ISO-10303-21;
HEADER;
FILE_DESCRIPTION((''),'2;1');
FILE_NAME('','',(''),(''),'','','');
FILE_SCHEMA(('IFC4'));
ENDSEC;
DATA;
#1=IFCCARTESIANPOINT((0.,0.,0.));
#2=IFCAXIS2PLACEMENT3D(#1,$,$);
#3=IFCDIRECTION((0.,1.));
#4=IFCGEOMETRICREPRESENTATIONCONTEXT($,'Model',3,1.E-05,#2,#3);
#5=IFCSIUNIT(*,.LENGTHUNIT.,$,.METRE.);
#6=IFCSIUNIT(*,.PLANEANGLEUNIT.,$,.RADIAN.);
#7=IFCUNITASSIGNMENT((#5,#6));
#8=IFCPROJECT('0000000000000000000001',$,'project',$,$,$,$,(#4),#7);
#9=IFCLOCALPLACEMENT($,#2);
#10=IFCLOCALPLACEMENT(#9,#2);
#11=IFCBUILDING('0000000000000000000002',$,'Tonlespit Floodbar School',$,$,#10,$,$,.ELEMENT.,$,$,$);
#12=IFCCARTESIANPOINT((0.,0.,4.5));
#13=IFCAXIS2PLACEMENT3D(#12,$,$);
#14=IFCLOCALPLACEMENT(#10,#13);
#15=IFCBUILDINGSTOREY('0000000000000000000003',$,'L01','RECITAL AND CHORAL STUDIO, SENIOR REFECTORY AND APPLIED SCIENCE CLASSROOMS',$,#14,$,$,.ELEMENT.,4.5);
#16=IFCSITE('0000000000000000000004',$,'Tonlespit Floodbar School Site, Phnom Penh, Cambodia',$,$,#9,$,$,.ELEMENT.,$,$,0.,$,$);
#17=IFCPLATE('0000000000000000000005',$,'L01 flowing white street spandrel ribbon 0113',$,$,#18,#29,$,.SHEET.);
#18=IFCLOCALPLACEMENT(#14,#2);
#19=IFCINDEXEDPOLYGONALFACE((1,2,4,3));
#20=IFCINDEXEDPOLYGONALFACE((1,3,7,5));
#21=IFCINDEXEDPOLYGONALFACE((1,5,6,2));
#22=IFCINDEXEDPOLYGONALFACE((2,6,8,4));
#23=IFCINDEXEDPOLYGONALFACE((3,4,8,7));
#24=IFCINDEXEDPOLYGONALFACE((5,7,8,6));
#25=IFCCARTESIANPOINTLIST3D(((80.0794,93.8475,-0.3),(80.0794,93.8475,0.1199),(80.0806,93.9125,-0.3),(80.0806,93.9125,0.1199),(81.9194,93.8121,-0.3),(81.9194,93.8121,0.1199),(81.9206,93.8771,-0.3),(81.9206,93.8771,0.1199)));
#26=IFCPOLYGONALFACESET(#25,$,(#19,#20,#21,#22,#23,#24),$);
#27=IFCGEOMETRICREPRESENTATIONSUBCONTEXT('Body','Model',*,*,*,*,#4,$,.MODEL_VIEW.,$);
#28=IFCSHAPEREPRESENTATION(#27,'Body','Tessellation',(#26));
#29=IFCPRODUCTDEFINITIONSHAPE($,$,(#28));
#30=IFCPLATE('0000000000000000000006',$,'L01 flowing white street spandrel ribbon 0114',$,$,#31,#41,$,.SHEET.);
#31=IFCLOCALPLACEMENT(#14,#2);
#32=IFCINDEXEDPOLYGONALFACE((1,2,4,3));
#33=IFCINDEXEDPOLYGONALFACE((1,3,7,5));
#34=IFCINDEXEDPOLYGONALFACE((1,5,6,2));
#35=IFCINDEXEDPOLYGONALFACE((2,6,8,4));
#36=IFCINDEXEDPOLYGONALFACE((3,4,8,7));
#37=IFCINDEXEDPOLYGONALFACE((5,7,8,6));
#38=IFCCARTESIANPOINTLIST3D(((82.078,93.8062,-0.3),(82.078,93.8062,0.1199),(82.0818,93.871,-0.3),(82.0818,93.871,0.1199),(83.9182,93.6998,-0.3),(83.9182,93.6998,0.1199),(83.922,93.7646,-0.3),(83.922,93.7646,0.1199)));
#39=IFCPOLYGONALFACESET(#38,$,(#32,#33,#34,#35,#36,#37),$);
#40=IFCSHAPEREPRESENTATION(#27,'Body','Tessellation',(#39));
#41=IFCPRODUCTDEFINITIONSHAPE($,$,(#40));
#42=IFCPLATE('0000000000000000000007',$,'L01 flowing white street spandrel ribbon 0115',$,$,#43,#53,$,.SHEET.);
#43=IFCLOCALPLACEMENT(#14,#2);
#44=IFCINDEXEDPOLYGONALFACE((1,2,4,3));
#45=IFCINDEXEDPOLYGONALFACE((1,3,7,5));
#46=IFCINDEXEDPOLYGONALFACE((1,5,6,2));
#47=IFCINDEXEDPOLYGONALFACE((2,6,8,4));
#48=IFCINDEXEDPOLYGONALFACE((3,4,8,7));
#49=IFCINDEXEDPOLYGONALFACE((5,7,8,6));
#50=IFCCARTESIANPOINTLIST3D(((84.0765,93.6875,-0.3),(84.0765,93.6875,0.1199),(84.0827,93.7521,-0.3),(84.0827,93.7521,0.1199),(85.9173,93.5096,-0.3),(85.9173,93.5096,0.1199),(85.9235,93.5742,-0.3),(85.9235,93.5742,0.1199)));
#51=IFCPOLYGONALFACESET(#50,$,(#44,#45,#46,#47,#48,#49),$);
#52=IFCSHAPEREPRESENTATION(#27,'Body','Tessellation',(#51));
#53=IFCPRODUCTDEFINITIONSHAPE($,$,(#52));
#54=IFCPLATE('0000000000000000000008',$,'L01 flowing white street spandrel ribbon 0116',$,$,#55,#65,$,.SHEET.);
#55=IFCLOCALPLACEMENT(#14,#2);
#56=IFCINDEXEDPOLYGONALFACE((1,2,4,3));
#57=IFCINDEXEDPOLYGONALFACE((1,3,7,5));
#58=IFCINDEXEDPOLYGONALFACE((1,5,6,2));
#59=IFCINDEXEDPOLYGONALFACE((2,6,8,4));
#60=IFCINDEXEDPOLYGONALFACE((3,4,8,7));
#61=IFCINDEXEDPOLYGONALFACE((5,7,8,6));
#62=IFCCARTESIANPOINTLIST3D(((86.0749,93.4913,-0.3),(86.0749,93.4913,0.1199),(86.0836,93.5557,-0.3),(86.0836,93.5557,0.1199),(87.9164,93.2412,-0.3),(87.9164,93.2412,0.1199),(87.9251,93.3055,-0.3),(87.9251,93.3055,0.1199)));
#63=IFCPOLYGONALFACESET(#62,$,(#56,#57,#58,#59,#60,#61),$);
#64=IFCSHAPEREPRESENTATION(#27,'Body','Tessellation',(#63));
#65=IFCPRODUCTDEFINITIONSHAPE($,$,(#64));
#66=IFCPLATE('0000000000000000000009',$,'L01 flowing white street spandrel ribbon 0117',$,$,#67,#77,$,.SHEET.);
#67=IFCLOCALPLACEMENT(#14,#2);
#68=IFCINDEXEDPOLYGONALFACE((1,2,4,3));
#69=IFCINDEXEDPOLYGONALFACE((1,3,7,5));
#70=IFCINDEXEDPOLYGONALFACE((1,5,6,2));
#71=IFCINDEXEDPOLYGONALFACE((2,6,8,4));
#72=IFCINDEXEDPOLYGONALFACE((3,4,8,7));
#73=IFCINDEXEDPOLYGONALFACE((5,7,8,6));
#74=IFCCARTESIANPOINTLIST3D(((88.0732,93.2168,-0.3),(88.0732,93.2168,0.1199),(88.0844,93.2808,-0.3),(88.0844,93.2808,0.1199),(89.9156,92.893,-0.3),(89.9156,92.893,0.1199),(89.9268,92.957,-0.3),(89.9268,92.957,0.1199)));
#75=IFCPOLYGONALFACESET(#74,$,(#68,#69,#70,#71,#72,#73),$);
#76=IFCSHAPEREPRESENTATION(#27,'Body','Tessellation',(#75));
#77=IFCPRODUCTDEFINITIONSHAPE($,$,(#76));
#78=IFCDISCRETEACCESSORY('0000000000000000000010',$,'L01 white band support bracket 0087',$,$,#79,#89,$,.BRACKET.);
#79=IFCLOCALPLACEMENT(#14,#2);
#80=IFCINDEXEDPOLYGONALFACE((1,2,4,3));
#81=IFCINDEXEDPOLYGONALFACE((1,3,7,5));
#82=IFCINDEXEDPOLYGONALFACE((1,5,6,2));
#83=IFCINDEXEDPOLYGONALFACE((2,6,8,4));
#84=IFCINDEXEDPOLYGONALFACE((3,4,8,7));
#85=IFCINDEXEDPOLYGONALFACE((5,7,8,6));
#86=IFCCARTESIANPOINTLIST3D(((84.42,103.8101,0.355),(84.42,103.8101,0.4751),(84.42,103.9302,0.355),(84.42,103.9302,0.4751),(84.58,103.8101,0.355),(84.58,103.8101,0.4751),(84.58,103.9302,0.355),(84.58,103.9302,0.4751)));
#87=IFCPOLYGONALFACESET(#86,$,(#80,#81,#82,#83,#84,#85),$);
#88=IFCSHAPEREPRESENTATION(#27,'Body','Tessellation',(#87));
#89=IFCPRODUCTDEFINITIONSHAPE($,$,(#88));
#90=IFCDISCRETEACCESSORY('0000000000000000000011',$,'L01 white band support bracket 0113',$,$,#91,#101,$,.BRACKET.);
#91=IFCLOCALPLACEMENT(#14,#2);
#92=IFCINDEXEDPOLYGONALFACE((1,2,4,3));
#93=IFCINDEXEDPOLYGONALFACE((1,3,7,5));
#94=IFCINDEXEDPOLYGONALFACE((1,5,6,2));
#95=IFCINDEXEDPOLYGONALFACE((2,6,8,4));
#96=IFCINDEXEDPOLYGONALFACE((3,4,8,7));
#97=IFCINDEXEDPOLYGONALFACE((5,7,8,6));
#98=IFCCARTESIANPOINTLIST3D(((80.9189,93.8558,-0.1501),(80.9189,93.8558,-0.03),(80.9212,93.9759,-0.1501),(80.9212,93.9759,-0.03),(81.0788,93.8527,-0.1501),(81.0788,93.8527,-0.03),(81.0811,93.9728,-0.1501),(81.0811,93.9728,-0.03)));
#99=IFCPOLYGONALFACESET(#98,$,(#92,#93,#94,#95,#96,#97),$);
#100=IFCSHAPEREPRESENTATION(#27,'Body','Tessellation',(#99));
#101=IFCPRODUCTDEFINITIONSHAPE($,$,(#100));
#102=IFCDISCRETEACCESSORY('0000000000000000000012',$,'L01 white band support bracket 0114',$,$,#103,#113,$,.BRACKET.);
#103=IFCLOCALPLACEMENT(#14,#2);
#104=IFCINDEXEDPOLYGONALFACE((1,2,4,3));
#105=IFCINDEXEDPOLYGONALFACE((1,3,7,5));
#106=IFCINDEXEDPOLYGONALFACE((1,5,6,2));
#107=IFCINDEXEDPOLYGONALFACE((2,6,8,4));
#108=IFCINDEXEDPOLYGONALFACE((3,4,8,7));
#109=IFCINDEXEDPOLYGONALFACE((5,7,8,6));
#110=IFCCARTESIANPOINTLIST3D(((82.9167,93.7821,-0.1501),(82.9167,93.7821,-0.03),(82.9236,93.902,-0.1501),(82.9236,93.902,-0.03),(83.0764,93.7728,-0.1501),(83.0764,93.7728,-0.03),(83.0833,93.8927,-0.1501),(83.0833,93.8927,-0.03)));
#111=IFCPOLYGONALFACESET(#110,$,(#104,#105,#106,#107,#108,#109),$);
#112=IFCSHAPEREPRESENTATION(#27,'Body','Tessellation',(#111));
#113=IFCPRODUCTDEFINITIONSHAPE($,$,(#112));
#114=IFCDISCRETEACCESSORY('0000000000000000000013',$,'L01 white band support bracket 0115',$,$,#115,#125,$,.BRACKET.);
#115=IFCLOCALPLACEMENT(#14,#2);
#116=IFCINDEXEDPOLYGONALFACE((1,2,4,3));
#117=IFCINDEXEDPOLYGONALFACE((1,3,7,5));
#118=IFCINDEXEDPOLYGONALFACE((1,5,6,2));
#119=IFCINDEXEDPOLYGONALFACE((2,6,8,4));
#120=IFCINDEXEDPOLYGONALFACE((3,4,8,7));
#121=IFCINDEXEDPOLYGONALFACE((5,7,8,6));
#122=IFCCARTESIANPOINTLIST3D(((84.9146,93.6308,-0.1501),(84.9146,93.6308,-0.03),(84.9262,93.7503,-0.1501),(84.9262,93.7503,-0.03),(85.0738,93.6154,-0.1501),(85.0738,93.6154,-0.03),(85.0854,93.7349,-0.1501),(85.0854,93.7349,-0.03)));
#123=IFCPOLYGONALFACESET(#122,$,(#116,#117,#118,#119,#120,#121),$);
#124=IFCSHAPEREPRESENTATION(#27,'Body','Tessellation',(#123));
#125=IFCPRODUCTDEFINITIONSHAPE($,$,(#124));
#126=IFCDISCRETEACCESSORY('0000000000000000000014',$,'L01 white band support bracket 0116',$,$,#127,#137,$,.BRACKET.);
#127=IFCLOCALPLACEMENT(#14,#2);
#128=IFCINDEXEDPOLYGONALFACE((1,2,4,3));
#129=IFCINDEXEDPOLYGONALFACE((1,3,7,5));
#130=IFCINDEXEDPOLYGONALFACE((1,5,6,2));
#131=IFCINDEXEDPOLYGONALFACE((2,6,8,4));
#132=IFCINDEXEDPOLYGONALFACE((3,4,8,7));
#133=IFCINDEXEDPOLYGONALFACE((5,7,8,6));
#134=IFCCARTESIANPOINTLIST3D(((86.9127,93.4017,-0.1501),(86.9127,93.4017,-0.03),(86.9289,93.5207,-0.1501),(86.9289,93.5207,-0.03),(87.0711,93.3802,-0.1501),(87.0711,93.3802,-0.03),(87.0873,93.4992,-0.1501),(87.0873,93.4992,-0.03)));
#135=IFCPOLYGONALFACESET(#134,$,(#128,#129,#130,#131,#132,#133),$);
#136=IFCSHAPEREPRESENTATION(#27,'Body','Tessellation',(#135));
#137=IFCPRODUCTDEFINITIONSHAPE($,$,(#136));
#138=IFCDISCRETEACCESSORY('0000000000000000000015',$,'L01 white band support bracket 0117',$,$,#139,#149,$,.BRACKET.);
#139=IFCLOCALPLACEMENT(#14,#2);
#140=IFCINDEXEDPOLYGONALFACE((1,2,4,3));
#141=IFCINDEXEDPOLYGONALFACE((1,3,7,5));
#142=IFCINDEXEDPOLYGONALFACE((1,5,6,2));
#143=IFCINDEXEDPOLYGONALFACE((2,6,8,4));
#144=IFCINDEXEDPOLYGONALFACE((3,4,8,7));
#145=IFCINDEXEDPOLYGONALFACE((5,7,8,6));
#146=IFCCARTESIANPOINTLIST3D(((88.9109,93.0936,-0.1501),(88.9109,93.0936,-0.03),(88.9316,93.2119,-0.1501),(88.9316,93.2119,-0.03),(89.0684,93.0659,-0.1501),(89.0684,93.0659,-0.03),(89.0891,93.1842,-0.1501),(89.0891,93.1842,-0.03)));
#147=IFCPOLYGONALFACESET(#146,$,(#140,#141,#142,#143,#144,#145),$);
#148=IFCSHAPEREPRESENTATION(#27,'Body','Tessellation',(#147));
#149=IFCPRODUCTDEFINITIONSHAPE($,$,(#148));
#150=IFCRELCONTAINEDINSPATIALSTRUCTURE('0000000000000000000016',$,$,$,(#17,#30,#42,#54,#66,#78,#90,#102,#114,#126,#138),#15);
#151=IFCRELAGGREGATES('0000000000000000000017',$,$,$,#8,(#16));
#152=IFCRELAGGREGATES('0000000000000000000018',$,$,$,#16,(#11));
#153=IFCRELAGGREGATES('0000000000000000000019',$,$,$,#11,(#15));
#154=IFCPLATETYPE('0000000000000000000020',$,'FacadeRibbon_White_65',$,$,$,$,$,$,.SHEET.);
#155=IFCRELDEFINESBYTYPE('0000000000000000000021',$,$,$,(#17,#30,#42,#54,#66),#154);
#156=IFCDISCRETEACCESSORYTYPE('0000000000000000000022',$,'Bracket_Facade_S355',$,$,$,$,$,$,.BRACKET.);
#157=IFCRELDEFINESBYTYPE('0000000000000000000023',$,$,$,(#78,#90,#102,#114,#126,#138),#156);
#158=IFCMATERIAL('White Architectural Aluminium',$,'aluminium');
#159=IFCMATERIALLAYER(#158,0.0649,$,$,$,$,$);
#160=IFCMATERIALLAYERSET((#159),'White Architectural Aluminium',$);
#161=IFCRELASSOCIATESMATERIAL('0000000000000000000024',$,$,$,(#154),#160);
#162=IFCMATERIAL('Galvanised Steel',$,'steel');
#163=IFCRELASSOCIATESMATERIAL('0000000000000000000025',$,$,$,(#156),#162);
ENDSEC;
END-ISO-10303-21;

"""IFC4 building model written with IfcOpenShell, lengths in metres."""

from ifc_helpers import new_model, si_unit, direction, frame, origin, origin_2d, place, context, subcontext, project, spatial, rectangle, extrude, material, layer, layer_set, type_object, element, save


model = new_model("IFC4")

# Units and contexts
model_context = context("Model", 3, precision=1e-05, world=origin(), true_north=direction((0.0, 1.0)))
body_context = subcontext(model_context, "Body", "Model", "MODEL_VIEW")
ifc_project = project(units=[si_unit("LENGTHUNIT", "METRE"), si_unit("PLANEANGLEUNIT", "RADIAN")], contexts=[model_context])

# Site, building, storey
site_placement = place(None, origin())
site = spatial("IfcSite", under=ifc_project, at=site_placement, Name="Tonlespit Floodbar School Site, Phnom Penh, Cambodia", CompositionType="ELEMENT", RefElevation=0.0)
building_placement = place(site_placement, origin())
building = spatial("IfcBuilding", under=site, at=building_placement, Name="Tonlespit Floodbar School", CompositionType="ELEMENT")
storey_placement = place(building_placement, frame((0.0, 0.0, 4.5)))
storey = spatial("IfcBuildingStorey", under=building, at=storey_placement, Name="L01", Description="RECITAL AND CHORAL STUDIO, SENIOR REFECTORY AND APPLIED SCIENCE CLASSROOMS", CompositionType="ELEMENT", Elevation=4.5)

# Plates
ifc_material_1 = material(Name="White Architectural Aluminium", Category="aluminium")
ifc_layer_1 = layer(ifc_material_1, 0.0649)
ifc_layer_set_1 = layer_set([ifc_layer_1], Name="White Architectural Aluminium")
plate_type = type_object("IfcPlateType", Name="FacadeRibbon_White_65", PredefinedType="SHEET", material=ifc_layer_set_1)
plate_1_placement = place(storey_placement, frame((81.0, 93.8623, -0.3), z_axis=(0.0, 0.0, 1.0), x_axis=(0.999815, -0.019246, 0.0)))
element("IfcPlate", 1, at=plate_1_placement, inside=storey, type_object=plate_type, Name="L01 flowing white street spandrel ribbon 0113", PredefinedType="SHEET", context=body_context, shape_type="SweptSolid", body=[
    extrude(rectangle(XDim=1.8403, YDim=0.0649, at=origin_2d()), origin(), (0.0, 0.0, 1.0), 0.4199),
])
plate_2_placement = place(storey_placement, frame((83.0, 93.7854, -0.3), z_axis=(0.0, 0.0, 1.0), x_axis=(0.998334, -0.057703, 0.0)))
element("IfcPlate", 2, at=plate_2_placement, inside=storey, type_object=plate_type, Name="L01 flowing white street spandrel ribbon 0114", PredefinedType="SHEET", context=body_context, shape_type="SweptSolid", body=[
    extrude(rectangle(XDim=1.8433, YDim=0.0649, at=origin_2d()), origin(), (0.0, 0.0, 1.0), 0.4199),
])
plate_3_placement = place(storey_placement, frame((85.0, 93.6309, -0.3), z_axis=(0.0, 0.0, 1.0), x_axis=(0.995362, -0.096202, 0.0)))
element("IfcPlate", 3, at=plate_3_placement, inside=storey, type_object=plate_type, Name="L01 flowing white street spandrel ribbon 0115", PredefinedType="SHEET", context=body_context, shape_type="SweptSolid", body=[
    extrude(rectangle(XDim=1.8494, YDim=0.0649, at=origin_2d()), origin(), (0.0, 0.0, 1.0), 0.4199),
])
plate_4_placement = place(storey_placement, frame((87.0, 93.3984, -0.3), z_axis=(0.0, 0.0, 1.0), x_axis=(0.990898, -0.134614, 0.0)))
element("IfcPlate", 4, at=plate_4_placement, inside=storey, type_object=plate_type, Name="L01 flowing white street spandrel ribbon 0116", PredefinedType="SHEET", context=body_context, shape_type="SweptSolid", body=[
    extrude(rectangle(XDim=1.8584, YDim=0.0649, at=origin_2d()), origin(), (0.0, 0.0, 1.0), 0.4199),
])
plate_5_placement = place(storey_placement, frame((89.0, 93.0869, -0.3), z_axis=(0.0, 0.0, 1.0), x_axis=(0.984905, -0.173096, 0.0)))
element("IfcPlate", 5, at=plate_5_placement, inside=storey, type_object=plate_type, Name="L01 flowing white street spandrel ribbon 0117", PredefinedType="SHEET", context=body_context, shape_type="SweptSolid", body=[
    extrude(rectangle(XDim=1.8706, YDim=0.0649, at=origin_2d()), origin(), (0.0, 0.0, 1.0), 0.4199),
])

# Discrete accessories
ifc_material_2 = material(Name="Galvanised Steel", Category="steel")
discrete_accessory_type = type_object("IfcDiscreteAccessoryType", Name="Bracket_Facade_S355", PredefinedType="BRACKET", material=ifc_material_2)
for number, where, z_axis, x_axis, name in (
    (6, (84.5, 103.8701, 0.355), (0.0, 0.0, 1.0), (-1.0, 0.0, 0.0), "L01 white band support bracket 0087"),
    (7, (81.0, 93.9143, -0.1501), (0.0, 0.0, 1.0), (0.999815, -0.019246, 0.0), "L01 white band support bracket 0113"),
    (8, (83.0, 93.8374, -0.1501), (0.0, 0.0, 1.0), (0.998334, -0.057703, 0.0), "L01 white band support bracket 0114"),
    (9, (85.0, 93.6829, -0.1501), (0.0, 0.0, 1.0), (0.995362, -0.096202, 0.0), "L01 white band support bracket 0115"),
    (10, (87.0, 93.4504, -0.1501), (0.0, 0.0, 1.0), (0.990898, -0.134614, 0.0), "L01 white band support bracket 0116"),
    (11, (89.0, 93.1389, -0.1501), (0.0, 0.0, 1.0), (0.984905, -0.173096, 0.0), "L01 white band support bracket 0117"),
):
    element("IfcDiscreteAccessory", number, at=place(storey_placement, frame(where, z_axis=z_axis, x_axis=x_axis)), inside=storey, type_object=discrete_accessory_type, Name=name, PredefinedType="BRACKET", context=body_context, shape_type="SweptSolid", body=[
        extrude(rectangle(XDim=0.1599, YDim=0.1201, at=origin_2d()), origin(), (0.0, 0.0, 1.0), 0.1201),
    ])

save(model, "model.ifc")
